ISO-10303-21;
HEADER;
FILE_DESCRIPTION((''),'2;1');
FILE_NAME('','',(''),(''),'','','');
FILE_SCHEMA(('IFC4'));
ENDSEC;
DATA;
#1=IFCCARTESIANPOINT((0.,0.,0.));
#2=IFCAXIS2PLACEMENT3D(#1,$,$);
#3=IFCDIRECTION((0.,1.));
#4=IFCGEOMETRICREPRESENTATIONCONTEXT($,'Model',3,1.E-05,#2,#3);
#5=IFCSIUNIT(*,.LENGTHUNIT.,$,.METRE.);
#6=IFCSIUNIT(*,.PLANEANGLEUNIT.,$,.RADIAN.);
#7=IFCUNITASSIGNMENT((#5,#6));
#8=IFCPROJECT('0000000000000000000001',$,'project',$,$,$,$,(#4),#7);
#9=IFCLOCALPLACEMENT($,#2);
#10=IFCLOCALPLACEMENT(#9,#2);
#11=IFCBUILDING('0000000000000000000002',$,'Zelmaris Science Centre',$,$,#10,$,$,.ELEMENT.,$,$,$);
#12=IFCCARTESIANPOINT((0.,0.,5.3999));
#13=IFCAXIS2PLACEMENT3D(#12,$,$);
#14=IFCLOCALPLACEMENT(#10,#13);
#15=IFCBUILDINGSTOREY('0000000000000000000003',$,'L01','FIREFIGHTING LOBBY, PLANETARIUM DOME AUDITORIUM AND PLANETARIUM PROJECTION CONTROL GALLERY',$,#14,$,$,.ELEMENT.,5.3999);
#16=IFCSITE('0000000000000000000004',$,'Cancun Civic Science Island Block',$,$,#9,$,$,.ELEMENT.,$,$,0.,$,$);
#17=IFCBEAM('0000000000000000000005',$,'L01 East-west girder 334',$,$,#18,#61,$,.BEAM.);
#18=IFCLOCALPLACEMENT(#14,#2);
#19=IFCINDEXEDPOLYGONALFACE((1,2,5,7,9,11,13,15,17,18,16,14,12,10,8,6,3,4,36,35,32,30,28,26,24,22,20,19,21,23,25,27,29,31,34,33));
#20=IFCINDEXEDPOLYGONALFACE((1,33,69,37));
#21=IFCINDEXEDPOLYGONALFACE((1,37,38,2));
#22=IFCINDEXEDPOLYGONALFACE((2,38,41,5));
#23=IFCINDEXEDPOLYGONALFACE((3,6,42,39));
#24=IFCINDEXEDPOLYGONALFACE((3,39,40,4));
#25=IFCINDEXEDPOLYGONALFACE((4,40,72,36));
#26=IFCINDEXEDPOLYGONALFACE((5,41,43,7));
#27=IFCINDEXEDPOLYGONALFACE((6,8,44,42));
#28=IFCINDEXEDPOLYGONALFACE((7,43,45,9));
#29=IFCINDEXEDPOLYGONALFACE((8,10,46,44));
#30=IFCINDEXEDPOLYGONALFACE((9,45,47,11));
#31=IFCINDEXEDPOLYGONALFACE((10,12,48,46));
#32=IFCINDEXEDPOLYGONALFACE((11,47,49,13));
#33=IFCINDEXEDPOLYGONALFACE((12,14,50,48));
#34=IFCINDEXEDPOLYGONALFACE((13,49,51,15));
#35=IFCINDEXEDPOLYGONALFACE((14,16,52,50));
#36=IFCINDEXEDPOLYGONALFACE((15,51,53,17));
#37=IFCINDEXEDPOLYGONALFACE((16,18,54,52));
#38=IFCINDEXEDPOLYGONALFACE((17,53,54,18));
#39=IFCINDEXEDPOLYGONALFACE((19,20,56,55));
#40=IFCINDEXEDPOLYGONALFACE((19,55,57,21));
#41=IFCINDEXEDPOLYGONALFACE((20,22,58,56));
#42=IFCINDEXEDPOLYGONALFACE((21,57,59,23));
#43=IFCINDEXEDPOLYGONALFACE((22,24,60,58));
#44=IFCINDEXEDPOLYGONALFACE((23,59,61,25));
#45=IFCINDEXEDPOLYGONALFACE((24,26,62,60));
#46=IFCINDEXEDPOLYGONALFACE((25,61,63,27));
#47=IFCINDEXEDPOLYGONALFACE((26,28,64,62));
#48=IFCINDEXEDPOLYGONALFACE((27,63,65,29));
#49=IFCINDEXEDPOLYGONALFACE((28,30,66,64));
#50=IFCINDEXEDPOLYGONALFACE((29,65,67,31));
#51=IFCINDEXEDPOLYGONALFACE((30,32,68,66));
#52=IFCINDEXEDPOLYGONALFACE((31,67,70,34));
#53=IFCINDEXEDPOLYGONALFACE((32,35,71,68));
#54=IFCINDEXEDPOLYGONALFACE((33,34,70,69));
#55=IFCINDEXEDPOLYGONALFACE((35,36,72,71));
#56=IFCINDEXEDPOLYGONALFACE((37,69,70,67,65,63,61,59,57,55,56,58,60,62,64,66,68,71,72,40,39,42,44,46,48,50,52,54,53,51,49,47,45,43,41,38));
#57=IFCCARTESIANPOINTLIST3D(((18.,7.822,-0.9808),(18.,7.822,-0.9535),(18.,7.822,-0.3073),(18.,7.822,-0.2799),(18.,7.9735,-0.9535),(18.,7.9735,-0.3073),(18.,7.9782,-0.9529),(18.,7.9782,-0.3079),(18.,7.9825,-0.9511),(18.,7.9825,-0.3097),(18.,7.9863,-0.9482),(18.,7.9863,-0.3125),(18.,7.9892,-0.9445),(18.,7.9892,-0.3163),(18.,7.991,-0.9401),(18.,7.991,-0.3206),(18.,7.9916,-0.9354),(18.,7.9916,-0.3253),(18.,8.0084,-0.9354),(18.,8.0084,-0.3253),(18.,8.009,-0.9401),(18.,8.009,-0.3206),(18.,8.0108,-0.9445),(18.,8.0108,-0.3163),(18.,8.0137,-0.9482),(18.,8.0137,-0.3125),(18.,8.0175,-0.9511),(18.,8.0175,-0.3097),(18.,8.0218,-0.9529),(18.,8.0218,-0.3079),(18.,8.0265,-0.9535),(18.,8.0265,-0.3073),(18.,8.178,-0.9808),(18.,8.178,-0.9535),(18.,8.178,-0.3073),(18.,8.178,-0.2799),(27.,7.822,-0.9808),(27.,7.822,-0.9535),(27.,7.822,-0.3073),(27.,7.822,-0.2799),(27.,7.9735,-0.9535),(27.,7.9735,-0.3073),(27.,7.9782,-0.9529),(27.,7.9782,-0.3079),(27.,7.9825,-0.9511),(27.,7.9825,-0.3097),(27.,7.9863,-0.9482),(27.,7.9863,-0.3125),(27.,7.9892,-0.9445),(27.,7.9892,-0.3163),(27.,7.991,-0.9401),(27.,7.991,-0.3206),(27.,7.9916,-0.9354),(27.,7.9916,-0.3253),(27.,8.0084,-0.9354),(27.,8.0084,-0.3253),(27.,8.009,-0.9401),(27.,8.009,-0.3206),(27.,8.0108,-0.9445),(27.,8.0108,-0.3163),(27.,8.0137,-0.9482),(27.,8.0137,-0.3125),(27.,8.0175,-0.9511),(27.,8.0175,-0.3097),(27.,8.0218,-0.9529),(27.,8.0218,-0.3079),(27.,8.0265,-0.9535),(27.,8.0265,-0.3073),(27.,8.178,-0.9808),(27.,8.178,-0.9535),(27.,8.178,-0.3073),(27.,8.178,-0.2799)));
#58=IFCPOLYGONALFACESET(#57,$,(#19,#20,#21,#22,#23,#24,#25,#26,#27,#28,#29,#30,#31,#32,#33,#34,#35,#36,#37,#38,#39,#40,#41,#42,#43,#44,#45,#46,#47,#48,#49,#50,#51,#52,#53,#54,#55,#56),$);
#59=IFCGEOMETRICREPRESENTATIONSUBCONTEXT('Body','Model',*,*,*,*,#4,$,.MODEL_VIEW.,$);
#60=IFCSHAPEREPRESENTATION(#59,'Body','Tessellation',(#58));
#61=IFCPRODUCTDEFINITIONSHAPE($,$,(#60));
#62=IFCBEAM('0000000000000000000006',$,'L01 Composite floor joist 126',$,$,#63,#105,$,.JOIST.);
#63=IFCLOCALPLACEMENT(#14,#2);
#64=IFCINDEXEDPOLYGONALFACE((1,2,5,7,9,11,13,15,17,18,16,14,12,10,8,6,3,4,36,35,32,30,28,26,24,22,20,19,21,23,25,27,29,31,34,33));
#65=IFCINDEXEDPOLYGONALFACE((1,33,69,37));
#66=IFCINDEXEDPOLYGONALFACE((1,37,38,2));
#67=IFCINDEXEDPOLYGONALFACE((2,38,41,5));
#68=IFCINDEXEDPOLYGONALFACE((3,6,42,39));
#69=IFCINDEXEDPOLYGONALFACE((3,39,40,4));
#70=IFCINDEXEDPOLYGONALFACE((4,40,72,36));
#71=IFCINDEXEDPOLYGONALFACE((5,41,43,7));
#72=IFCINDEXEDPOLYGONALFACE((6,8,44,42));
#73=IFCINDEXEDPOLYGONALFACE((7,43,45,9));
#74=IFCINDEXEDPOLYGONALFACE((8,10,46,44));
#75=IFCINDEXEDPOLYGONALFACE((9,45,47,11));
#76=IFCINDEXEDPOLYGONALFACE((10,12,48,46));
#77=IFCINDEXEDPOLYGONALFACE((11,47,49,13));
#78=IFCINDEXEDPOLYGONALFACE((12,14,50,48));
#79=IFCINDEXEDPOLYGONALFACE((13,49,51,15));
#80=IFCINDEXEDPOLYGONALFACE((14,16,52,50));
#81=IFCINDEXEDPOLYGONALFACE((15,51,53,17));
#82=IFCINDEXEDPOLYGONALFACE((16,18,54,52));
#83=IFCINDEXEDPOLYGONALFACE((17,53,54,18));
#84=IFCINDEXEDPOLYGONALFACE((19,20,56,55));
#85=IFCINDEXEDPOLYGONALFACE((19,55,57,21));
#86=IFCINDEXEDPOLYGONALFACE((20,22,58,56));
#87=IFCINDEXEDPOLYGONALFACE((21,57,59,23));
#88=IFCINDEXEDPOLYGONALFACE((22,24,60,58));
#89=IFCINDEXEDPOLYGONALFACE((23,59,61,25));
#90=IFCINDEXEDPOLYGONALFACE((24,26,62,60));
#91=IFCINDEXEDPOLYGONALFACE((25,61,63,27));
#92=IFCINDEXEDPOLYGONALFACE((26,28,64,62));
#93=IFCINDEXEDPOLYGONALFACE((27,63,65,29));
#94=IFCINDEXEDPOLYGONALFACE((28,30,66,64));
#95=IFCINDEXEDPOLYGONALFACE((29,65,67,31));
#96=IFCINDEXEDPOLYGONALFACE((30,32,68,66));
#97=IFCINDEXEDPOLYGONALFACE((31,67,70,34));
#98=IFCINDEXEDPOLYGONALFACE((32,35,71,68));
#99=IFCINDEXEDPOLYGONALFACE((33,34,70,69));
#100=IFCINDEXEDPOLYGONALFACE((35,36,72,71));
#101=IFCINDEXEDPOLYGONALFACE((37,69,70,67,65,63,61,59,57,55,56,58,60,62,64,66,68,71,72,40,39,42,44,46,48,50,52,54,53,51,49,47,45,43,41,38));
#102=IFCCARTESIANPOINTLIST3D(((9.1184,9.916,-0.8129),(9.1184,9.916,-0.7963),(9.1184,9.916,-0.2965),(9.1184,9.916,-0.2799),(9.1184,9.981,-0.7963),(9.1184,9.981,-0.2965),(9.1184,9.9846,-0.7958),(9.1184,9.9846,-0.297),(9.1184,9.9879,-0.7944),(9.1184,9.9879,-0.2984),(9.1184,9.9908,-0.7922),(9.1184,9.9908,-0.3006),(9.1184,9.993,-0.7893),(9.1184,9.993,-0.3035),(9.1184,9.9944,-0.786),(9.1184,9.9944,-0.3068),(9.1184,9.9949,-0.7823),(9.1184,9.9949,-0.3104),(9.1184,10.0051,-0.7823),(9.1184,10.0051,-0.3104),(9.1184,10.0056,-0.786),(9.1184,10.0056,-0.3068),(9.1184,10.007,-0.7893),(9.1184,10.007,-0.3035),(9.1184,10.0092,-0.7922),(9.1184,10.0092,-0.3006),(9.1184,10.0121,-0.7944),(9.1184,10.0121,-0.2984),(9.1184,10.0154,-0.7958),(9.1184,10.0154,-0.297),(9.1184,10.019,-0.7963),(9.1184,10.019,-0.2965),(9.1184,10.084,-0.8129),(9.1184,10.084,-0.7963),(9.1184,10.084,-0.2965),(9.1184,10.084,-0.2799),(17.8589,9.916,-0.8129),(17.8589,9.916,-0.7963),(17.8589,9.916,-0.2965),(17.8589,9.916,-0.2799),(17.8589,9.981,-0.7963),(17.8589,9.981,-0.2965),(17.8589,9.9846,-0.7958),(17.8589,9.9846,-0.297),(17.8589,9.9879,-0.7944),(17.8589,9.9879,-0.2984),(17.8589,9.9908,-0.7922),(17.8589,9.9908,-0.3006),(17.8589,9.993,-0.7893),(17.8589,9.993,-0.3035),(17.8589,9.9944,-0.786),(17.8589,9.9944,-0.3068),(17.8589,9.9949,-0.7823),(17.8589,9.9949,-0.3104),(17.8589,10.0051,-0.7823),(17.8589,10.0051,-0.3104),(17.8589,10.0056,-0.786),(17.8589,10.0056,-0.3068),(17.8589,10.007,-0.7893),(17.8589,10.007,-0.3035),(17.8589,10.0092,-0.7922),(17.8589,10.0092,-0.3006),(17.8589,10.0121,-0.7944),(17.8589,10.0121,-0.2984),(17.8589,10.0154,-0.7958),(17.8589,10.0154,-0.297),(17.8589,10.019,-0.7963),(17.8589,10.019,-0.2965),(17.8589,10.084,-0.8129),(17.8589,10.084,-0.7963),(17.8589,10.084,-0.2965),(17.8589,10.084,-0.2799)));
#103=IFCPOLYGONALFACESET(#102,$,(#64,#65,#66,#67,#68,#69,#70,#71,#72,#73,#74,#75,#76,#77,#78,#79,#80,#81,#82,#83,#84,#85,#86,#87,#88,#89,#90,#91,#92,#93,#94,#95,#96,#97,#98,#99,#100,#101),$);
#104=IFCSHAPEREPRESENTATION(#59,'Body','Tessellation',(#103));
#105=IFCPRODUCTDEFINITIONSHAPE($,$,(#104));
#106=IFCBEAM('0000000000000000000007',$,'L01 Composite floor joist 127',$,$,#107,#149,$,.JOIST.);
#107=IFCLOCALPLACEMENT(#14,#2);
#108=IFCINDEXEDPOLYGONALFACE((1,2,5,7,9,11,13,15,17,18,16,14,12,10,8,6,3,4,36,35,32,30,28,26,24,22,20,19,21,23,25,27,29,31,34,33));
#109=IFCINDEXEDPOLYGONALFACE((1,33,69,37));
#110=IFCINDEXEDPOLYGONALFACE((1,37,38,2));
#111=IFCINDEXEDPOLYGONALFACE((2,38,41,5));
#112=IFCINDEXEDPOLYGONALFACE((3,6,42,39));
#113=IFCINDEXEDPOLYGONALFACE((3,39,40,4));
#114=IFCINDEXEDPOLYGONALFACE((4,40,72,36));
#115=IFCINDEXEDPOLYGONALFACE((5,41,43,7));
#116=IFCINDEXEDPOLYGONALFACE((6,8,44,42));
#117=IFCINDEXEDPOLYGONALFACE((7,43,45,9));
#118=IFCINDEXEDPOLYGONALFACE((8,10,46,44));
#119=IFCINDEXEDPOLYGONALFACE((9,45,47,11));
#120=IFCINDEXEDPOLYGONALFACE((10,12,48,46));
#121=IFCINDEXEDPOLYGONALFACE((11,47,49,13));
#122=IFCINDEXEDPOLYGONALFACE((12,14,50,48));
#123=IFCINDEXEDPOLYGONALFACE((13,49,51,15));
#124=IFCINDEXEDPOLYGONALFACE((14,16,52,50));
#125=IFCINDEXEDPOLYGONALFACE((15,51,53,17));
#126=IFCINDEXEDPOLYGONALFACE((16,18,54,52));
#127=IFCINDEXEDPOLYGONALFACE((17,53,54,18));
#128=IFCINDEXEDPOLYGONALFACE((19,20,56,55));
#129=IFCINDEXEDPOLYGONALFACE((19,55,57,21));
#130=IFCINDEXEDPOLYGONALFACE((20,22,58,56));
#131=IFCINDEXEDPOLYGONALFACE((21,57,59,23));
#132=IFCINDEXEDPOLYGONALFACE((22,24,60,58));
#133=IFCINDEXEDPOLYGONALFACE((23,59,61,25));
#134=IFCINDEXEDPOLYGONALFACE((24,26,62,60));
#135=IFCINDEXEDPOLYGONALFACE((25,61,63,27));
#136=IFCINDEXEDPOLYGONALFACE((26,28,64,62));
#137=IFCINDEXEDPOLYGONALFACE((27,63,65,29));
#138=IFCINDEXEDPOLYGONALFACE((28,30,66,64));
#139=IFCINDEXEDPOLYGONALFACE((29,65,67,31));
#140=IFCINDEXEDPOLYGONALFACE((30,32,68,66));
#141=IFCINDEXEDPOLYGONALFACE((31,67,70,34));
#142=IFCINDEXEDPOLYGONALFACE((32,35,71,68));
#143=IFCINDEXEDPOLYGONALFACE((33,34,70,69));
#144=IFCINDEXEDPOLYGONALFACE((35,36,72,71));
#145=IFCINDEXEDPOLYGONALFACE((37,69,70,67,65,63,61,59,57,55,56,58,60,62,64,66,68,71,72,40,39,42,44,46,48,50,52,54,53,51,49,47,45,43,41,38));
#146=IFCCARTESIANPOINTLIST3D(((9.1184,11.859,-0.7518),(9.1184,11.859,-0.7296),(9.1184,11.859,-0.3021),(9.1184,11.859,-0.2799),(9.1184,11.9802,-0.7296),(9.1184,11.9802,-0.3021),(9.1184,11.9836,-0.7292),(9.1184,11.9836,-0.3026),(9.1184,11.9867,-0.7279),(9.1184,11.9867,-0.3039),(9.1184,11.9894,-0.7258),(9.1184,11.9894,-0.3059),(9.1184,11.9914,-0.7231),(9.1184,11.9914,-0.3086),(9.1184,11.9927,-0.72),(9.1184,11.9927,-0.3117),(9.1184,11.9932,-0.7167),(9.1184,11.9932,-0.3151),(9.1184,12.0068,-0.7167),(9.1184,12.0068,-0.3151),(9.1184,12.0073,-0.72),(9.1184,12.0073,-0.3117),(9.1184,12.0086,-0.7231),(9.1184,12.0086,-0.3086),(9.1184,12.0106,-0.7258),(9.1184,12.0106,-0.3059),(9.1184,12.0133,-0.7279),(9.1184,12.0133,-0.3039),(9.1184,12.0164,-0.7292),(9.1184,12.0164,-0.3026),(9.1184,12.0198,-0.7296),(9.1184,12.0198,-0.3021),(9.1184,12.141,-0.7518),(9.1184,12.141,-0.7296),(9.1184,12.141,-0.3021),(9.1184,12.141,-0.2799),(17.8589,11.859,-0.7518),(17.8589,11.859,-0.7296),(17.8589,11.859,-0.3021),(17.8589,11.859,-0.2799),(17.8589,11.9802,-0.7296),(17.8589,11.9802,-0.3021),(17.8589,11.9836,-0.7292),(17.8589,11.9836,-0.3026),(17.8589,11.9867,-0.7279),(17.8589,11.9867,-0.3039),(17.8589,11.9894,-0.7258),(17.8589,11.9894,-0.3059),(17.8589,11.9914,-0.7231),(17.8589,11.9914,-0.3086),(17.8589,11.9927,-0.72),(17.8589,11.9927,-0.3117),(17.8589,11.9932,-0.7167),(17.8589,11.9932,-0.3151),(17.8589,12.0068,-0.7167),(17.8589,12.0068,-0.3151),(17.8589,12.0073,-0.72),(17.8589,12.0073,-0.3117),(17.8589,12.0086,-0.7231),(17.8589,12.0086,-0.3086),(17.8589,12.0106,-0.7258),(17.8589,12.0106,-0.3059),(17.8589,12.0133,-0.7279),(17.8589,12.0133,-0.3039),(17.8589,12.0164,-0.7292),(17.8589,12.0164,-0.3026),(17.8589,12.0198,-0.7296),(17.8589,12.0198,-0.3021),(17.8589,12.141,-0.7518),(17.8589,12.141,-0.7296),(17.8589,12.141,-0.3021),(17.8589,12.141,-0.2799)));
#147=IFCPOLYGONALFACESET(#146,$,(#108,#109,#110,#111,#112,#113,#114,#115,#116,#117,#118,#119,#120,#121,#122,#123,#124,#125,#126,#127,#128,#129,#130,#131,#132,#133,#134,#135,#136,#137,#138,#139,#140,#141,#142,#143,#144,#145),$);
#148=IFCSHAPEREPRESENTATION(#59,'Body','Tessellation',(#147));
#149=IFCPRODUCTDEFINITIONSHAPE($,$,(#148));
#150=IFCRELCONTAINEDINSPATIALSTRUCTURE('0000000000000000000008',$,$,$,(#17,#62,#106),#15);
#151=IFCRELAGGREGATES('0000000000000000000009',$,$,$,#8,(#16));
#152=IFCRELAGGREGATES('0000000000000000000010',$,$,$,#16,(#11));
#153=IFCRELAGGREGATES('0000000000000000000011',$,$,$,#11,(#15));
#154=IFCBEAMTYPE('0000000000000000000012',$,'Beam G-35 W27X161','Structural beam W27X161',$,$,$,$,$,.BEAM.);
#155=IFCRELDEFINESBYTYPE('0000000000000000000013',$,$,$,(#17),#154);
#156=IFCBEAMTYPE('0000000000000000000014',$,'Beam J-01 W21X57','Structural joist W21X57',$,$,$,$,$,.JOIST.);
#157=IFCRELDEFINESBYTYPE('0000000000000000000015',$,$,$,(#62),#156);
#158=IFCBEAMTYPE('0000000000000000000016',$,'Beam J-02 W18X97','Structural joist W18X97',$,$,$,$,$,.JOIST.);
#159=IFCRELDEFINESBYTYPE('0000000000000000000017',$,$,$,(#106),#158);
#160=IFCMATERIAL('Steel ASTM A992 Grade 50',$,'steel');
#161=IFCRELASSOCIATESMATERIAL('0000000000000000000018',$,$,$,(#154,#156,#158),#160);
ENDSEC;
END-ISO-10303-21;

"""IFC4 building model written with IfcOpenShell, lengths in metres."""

from ifc_helpers import new_model, si_unit, direction, frame, origin, origin_2d, place, context, subcontext, project, spatial, i_section, extrude, material, material_profile, profile_set, type_object, element, save


model = new_model("IFC4")

# Units and contexts
model_context = context("Model", 3, precision=1e-05, world=origin(), true_north=direction((0.0, 1.0)))
body_context = subcontext(model_context, "Body", "Model", "MODEL_VIEW")
ifc_project = project(units=[si_unit("LENGTHUNIT", "METRE"), si_unit("PLANEANGLEUNIT", "RADIAN")], contexts=[model_context])

# Site, building, storey
site_placement = place(None, origin())
site = spatial("IfcSite", under=ifc_project, at=site_placement, Name="Cancun Civic Science Island Block", CompositionType="ELEMENT", RefElevation=0.0)
building_placement = place(site_placement, origin())
building = spatial("IfcBuilding", under=site, at=building_placement, Name="Zelmaris Science Centre", CompositionType="ELEMENT")
storey_placement = place(building_placement, frame((0.0, 0.0, 5.3999)))
storey = spatial("IfcBuildingStorey", under=building, at=storey_placement, Name="L01", Description="FIREFIGHTING LOBBY, PLANETARIUM DOME AUDITORIUM AND PLANETARIUM PROJECTION CONTROL GALLERY", CompositionType="ELEMENT", Elevation=5.3999)

# Shared definitions
ifc_material_1 = material(Name="Steel ASTM A992 Grade 50", Category="steel")

# Beams
ifc_material_profile_1 = material_profile(ifc_material_1, i_section(OverallWidth=0.356, OverallDepth=0.7009, WebThickness=0.0168, FlangeThickness=0.0273, FilletRadius=0.0181, at=origin_2d()), Name="W27X161")
ifc_profile_set_1 = profile_set([ifc_material_profile_1], Name="Steel ASTM A992 Grade 50")
beam_type_1 = type_object("IfcBeamType", Name="Beam G-35 W27X161", Description="Structural beam W27X161", PredefinedType="BEAM", material=ifc_profile_set_1)
beam_1_placement = place(storey_placement, frame((18.0, 8.0, -0.6304), z_axis=(1.0, 0.0, 0.0), x_axis=(0.0, 1.0, 0.0)))
element("IfcBeam", 1, at=beam_1_placement, inside=storey, type_object=beam_type_1, Name="L01 East-west girder 334", PredefinedType="BEAM", context=body_context, shape_type="SweptSolid", body=[
    extrude(i_section(OverallWidth=0.356, OverallDepth=0.7009, WebThickness=0.0168, FlangeThickness=0.0273, FilletRadius=0.0181, at=origin_2d()), origin(), (0.0, 0.0, 1.0), 9.0),
])
ifc_material_profile_2 = material_profile(ifc_material_1, i_section(OverallWidth=0.168, OverallDepth=0.533, WebThickness=0.0103, FlangeThickness=0.0166, FilletRadius=0.0139, at=origin_2d()), Name="W21X57")
ifc_profile_set_2 = profile_set([ifc_material_profile_2], Name="Steel ASTM A992 Grade 50")
beam_type_2 = type_object("IfcBeamType", Name="Beam J-01 W21X57", Description="Structural joist W21X57", PredefinedType="JOIST", material=ifc_profile_set_2)
beam_2_placement = place(storey_placement, frame((9.1184, 10.0, -0.5464), z_axis=(1.0, 0.0, 0.0), x_axis=(0.0, 1.0, 0.0)))
element("IfcBeam", 2, at=beam_2_placement, inside=storey, type_object=beam_type_2, Name="L01 Composite floor joist 126", PredefinedType="JOIST", context=body_context, shape_type="SweptSolid", body=[
    extrude(i_section(OverallWidth=0.168, OverallDepth=0.533, WebThickness=0.0103, FlangeThickness=0.0166, FilletRadius=0.0139, at=origin_2d()), origin(), (0.0, 0.0, 1.0), 8.7405),
])
ifc_material_profile_3 = material_profile(ifc_material_1, i_section(OverallWidth=0.282, OverallDepth=0.4719, WebThickness=0.0137, FlangeThickness=0.0222, FilletRadius=0.0129, at=origin_2d()), Name="W18X97")
ifc_profile_set_3 = profile_set([ifc_material_profile_3], Name="Steel ASTM A992 Grade 50")
beam_type_3 = type_object("IfcBeamType", Name="Beam J-02 W18X97", Description="Structural joist W18X97", PredefinedType="JOIST", material=ifc_profile_set_3)
beam_3_placement = place(storey_placement, frame((9.1184, 12.0, -0.5159), z_axis=(1.0, 0.0, 0.0), x_axis=(0.0, 1.0, 0.0)))
element("IfcBeam", 3, at=beam_3_placement, inside=storey, type_object=beam_type_3, Name="L01 Composite floor joist 127", PredefinedType="JOIST", context=body_context, shape_type="SweptSolid", body=[
    extrude(i_section(OverallWidth=0.282, OverallDepth=0.4719, WebThickness=0.0137, FlangeThickness=0.0222, FilletRadius=0.0129, at=origin_2d()), origin(), (0.0, 0.0, 1.0), 8.7405),
])

save(model, "model.ifc")
